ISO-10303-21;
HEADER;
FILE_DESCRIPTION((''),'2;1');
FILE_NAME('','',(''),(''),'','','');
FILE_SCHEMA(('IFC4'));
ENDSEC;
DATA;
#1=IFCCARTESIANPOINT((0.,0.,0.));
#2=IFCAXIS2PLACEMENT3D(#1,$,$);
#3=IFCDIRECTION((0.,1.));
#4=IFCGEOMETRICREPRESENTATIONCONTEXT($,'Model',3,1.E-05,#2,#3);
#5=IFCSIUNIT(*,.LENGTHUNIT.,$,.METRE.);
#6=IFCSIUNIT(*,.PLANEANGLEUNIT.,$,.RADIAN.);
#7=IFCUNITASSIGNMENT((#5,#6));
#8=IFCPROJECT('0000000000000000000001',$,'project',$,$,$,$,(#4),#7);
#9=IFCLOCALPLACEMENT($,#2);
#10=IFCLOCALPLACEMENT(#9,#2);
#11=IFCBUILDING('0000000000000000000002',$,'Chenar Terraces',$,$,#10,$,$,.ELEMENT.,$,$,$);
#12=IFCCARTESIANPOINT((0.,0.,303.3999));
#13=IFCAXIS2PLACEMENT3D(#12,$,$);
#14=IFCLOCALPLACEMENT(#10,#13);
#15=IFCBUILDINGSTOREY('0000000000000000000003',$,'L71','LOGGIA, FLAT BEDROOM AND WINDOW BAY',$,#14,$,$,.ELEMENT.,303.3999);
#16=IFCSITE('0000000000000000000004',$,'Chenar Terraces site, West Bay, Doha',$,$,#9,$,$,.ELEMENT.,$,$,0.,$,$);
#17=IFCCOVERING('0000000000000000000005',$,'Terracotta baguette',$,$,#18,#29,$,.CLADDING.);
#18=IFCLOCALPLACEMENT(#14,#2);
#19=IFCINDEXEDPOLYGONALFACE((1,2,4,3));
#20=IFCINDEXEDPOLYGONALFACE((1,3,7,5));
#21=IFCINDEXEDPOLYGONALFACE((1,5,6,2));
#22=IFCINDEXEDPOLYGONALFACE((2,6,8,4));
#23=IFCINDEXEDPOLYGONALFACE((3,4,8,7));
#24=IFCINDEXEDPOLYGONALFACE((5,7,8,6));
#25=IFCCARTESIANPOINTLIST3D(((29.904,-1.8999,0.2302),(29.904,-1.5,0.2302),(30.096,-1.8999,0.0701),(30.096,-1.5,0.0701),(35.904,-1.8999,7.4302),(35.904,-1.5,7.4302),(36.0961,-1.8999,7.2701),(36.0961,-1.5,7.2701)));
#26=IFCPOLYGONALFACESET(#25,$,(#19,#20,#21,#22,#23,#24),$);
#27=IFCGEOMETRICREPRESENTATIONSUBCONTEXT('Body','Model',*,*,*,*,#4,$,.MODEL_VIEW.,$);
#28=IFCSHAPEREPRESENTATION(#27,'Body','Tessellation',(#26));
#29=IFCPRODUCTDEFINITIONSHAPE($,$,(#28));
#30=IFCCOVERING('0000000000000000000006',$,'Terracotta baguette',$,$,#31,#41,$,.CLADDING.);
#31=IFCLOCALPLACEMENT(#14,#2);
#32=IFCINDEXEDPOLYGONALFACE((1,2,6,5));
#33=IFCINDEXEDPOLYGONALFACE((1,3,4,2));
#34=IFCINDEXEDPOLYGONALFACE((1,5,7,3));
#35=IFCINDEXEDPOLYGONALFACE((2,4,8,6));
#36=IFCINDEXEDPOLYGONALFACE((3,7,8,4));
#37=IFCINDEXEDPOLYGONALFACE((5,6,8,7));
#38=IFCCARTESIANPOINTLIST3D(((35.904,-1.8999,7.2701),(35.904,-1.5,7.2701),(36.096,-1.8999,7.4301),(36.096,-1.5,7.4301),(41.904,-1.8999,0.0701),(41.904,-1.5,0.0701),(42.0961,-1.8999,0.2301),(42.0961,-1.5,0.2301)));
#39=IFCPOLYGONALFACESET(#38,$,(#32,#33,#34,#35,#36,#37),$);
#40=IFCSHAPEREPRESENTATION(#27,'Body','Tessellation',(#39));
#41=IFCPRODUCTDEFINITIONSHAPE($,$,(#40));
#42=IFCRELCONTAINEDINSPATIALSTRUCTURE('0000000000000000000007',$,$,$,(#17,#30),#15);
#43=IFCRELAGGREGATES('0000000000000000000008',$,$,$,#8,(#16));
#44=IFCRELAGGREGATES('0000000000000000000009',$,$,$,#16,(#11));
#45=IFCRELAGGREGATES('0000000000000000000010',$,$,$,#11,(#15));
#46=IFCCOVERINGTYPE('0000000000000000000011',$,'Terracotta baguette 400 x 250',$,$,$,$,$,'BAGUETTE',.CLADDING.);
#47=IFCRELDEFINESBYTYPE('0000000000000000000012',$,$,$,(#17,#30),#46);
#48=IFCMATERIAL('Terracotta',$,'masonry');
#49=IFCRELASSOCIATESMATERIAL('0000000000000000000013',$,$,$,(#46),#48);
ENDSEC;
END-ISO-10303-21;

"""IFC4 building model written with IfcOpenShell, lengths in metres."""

from ifc_helpers import new_model, si_unit, direction, frame, origin, origin_2d, place, context, subcontext, project, spatial, rectangle, extrude, material, material_profile, profile_set, type_object, element, save


model = new_model("IFC4")

# Units and contexts
model_context = context("Model", 3, precision=1e-05, world=origin(), true_north=direction((0.0, 1.0)))
body_context = subcontext(model_context, "Body", "Model", "MODEL_VIEW")
ifc_project = project(units=[si_unit("LENGTHUNIT", "METRE"), si_unit("PLANEANGLEUNIT", "RADIAN")], contexts=[model_context])

# Site, building, storey
site_placement = place(None, origin())
site = spatial("IfcSite", under=ifc_project, at=site_placement, Name="Chenar Terraces site, West Bay, Doha", CompositionType="ELEMENT", RefElevation=0.0)
building_placement = place(site_placement, origin())
building = spatial("IfcBuilding", under=site, at=building_placement, Name="Chenar Terraces", CompositionType="ELEMENT")
storey_placement = place(building_placement, frame((0.0, 0.0, 303.3999)))
storey = spatial("IfcBuildingStorey", under=building, at=storey_placement, Name="L71", Description="LOGGIA, FLAT BEDROOM AND WINDOW BAY", CompositionType="ELEMENT", Elevation=303.3999)

# Coverings
ifc_material_1 = material(Name="Terracotta", Category="masonry")
ifc_material_profile_1 = material_profile(ifc_material_1, rectangle(XDim=0.3999, YDim=0.25, at=origin_2d()), Name="Terracotta baguette 400 x 250")
ifc_profile_set_1 = profile_set([ifc_material_profile_1], Name="Terracotta")
covering_type = type_object("IfcCoveringType", Name="Terracotta baguette 400 x 250", ElementType="BAGUETTE", PredefinedType="CLADDING", material=ifc_profile_set_1)
for number, where, z_axis, x_axis, name in (
    (1, (30.0, -1.7, 0.1501), (0.640187, 0.0, 0.768219), (0.0, 1.0, 0.0), "Terracotta baguette"),
    (2, (36.0, -1.7, 7.3501), (0.640187, 0.0, -0.768219), (0.0, 1.0, 0.0), "Terracotta baguette"),
):
    element("IfcCovering", number, at=place(storey_placement, frame(where, z_axis=z_axis, x_axis=x_axis)), inside=storey, type_object=covering_type, Name=name, PredefinedType="CLADDING", context=body_context, shape_type="SweptSolid", body=[
        extrude(rectangle(XDim=0.3999, YDim=0.25, at=origin_2d()), origin(), (0.0, 0.0, 1.0), 9.3723),
    ])

save(model, "model.ifc")
